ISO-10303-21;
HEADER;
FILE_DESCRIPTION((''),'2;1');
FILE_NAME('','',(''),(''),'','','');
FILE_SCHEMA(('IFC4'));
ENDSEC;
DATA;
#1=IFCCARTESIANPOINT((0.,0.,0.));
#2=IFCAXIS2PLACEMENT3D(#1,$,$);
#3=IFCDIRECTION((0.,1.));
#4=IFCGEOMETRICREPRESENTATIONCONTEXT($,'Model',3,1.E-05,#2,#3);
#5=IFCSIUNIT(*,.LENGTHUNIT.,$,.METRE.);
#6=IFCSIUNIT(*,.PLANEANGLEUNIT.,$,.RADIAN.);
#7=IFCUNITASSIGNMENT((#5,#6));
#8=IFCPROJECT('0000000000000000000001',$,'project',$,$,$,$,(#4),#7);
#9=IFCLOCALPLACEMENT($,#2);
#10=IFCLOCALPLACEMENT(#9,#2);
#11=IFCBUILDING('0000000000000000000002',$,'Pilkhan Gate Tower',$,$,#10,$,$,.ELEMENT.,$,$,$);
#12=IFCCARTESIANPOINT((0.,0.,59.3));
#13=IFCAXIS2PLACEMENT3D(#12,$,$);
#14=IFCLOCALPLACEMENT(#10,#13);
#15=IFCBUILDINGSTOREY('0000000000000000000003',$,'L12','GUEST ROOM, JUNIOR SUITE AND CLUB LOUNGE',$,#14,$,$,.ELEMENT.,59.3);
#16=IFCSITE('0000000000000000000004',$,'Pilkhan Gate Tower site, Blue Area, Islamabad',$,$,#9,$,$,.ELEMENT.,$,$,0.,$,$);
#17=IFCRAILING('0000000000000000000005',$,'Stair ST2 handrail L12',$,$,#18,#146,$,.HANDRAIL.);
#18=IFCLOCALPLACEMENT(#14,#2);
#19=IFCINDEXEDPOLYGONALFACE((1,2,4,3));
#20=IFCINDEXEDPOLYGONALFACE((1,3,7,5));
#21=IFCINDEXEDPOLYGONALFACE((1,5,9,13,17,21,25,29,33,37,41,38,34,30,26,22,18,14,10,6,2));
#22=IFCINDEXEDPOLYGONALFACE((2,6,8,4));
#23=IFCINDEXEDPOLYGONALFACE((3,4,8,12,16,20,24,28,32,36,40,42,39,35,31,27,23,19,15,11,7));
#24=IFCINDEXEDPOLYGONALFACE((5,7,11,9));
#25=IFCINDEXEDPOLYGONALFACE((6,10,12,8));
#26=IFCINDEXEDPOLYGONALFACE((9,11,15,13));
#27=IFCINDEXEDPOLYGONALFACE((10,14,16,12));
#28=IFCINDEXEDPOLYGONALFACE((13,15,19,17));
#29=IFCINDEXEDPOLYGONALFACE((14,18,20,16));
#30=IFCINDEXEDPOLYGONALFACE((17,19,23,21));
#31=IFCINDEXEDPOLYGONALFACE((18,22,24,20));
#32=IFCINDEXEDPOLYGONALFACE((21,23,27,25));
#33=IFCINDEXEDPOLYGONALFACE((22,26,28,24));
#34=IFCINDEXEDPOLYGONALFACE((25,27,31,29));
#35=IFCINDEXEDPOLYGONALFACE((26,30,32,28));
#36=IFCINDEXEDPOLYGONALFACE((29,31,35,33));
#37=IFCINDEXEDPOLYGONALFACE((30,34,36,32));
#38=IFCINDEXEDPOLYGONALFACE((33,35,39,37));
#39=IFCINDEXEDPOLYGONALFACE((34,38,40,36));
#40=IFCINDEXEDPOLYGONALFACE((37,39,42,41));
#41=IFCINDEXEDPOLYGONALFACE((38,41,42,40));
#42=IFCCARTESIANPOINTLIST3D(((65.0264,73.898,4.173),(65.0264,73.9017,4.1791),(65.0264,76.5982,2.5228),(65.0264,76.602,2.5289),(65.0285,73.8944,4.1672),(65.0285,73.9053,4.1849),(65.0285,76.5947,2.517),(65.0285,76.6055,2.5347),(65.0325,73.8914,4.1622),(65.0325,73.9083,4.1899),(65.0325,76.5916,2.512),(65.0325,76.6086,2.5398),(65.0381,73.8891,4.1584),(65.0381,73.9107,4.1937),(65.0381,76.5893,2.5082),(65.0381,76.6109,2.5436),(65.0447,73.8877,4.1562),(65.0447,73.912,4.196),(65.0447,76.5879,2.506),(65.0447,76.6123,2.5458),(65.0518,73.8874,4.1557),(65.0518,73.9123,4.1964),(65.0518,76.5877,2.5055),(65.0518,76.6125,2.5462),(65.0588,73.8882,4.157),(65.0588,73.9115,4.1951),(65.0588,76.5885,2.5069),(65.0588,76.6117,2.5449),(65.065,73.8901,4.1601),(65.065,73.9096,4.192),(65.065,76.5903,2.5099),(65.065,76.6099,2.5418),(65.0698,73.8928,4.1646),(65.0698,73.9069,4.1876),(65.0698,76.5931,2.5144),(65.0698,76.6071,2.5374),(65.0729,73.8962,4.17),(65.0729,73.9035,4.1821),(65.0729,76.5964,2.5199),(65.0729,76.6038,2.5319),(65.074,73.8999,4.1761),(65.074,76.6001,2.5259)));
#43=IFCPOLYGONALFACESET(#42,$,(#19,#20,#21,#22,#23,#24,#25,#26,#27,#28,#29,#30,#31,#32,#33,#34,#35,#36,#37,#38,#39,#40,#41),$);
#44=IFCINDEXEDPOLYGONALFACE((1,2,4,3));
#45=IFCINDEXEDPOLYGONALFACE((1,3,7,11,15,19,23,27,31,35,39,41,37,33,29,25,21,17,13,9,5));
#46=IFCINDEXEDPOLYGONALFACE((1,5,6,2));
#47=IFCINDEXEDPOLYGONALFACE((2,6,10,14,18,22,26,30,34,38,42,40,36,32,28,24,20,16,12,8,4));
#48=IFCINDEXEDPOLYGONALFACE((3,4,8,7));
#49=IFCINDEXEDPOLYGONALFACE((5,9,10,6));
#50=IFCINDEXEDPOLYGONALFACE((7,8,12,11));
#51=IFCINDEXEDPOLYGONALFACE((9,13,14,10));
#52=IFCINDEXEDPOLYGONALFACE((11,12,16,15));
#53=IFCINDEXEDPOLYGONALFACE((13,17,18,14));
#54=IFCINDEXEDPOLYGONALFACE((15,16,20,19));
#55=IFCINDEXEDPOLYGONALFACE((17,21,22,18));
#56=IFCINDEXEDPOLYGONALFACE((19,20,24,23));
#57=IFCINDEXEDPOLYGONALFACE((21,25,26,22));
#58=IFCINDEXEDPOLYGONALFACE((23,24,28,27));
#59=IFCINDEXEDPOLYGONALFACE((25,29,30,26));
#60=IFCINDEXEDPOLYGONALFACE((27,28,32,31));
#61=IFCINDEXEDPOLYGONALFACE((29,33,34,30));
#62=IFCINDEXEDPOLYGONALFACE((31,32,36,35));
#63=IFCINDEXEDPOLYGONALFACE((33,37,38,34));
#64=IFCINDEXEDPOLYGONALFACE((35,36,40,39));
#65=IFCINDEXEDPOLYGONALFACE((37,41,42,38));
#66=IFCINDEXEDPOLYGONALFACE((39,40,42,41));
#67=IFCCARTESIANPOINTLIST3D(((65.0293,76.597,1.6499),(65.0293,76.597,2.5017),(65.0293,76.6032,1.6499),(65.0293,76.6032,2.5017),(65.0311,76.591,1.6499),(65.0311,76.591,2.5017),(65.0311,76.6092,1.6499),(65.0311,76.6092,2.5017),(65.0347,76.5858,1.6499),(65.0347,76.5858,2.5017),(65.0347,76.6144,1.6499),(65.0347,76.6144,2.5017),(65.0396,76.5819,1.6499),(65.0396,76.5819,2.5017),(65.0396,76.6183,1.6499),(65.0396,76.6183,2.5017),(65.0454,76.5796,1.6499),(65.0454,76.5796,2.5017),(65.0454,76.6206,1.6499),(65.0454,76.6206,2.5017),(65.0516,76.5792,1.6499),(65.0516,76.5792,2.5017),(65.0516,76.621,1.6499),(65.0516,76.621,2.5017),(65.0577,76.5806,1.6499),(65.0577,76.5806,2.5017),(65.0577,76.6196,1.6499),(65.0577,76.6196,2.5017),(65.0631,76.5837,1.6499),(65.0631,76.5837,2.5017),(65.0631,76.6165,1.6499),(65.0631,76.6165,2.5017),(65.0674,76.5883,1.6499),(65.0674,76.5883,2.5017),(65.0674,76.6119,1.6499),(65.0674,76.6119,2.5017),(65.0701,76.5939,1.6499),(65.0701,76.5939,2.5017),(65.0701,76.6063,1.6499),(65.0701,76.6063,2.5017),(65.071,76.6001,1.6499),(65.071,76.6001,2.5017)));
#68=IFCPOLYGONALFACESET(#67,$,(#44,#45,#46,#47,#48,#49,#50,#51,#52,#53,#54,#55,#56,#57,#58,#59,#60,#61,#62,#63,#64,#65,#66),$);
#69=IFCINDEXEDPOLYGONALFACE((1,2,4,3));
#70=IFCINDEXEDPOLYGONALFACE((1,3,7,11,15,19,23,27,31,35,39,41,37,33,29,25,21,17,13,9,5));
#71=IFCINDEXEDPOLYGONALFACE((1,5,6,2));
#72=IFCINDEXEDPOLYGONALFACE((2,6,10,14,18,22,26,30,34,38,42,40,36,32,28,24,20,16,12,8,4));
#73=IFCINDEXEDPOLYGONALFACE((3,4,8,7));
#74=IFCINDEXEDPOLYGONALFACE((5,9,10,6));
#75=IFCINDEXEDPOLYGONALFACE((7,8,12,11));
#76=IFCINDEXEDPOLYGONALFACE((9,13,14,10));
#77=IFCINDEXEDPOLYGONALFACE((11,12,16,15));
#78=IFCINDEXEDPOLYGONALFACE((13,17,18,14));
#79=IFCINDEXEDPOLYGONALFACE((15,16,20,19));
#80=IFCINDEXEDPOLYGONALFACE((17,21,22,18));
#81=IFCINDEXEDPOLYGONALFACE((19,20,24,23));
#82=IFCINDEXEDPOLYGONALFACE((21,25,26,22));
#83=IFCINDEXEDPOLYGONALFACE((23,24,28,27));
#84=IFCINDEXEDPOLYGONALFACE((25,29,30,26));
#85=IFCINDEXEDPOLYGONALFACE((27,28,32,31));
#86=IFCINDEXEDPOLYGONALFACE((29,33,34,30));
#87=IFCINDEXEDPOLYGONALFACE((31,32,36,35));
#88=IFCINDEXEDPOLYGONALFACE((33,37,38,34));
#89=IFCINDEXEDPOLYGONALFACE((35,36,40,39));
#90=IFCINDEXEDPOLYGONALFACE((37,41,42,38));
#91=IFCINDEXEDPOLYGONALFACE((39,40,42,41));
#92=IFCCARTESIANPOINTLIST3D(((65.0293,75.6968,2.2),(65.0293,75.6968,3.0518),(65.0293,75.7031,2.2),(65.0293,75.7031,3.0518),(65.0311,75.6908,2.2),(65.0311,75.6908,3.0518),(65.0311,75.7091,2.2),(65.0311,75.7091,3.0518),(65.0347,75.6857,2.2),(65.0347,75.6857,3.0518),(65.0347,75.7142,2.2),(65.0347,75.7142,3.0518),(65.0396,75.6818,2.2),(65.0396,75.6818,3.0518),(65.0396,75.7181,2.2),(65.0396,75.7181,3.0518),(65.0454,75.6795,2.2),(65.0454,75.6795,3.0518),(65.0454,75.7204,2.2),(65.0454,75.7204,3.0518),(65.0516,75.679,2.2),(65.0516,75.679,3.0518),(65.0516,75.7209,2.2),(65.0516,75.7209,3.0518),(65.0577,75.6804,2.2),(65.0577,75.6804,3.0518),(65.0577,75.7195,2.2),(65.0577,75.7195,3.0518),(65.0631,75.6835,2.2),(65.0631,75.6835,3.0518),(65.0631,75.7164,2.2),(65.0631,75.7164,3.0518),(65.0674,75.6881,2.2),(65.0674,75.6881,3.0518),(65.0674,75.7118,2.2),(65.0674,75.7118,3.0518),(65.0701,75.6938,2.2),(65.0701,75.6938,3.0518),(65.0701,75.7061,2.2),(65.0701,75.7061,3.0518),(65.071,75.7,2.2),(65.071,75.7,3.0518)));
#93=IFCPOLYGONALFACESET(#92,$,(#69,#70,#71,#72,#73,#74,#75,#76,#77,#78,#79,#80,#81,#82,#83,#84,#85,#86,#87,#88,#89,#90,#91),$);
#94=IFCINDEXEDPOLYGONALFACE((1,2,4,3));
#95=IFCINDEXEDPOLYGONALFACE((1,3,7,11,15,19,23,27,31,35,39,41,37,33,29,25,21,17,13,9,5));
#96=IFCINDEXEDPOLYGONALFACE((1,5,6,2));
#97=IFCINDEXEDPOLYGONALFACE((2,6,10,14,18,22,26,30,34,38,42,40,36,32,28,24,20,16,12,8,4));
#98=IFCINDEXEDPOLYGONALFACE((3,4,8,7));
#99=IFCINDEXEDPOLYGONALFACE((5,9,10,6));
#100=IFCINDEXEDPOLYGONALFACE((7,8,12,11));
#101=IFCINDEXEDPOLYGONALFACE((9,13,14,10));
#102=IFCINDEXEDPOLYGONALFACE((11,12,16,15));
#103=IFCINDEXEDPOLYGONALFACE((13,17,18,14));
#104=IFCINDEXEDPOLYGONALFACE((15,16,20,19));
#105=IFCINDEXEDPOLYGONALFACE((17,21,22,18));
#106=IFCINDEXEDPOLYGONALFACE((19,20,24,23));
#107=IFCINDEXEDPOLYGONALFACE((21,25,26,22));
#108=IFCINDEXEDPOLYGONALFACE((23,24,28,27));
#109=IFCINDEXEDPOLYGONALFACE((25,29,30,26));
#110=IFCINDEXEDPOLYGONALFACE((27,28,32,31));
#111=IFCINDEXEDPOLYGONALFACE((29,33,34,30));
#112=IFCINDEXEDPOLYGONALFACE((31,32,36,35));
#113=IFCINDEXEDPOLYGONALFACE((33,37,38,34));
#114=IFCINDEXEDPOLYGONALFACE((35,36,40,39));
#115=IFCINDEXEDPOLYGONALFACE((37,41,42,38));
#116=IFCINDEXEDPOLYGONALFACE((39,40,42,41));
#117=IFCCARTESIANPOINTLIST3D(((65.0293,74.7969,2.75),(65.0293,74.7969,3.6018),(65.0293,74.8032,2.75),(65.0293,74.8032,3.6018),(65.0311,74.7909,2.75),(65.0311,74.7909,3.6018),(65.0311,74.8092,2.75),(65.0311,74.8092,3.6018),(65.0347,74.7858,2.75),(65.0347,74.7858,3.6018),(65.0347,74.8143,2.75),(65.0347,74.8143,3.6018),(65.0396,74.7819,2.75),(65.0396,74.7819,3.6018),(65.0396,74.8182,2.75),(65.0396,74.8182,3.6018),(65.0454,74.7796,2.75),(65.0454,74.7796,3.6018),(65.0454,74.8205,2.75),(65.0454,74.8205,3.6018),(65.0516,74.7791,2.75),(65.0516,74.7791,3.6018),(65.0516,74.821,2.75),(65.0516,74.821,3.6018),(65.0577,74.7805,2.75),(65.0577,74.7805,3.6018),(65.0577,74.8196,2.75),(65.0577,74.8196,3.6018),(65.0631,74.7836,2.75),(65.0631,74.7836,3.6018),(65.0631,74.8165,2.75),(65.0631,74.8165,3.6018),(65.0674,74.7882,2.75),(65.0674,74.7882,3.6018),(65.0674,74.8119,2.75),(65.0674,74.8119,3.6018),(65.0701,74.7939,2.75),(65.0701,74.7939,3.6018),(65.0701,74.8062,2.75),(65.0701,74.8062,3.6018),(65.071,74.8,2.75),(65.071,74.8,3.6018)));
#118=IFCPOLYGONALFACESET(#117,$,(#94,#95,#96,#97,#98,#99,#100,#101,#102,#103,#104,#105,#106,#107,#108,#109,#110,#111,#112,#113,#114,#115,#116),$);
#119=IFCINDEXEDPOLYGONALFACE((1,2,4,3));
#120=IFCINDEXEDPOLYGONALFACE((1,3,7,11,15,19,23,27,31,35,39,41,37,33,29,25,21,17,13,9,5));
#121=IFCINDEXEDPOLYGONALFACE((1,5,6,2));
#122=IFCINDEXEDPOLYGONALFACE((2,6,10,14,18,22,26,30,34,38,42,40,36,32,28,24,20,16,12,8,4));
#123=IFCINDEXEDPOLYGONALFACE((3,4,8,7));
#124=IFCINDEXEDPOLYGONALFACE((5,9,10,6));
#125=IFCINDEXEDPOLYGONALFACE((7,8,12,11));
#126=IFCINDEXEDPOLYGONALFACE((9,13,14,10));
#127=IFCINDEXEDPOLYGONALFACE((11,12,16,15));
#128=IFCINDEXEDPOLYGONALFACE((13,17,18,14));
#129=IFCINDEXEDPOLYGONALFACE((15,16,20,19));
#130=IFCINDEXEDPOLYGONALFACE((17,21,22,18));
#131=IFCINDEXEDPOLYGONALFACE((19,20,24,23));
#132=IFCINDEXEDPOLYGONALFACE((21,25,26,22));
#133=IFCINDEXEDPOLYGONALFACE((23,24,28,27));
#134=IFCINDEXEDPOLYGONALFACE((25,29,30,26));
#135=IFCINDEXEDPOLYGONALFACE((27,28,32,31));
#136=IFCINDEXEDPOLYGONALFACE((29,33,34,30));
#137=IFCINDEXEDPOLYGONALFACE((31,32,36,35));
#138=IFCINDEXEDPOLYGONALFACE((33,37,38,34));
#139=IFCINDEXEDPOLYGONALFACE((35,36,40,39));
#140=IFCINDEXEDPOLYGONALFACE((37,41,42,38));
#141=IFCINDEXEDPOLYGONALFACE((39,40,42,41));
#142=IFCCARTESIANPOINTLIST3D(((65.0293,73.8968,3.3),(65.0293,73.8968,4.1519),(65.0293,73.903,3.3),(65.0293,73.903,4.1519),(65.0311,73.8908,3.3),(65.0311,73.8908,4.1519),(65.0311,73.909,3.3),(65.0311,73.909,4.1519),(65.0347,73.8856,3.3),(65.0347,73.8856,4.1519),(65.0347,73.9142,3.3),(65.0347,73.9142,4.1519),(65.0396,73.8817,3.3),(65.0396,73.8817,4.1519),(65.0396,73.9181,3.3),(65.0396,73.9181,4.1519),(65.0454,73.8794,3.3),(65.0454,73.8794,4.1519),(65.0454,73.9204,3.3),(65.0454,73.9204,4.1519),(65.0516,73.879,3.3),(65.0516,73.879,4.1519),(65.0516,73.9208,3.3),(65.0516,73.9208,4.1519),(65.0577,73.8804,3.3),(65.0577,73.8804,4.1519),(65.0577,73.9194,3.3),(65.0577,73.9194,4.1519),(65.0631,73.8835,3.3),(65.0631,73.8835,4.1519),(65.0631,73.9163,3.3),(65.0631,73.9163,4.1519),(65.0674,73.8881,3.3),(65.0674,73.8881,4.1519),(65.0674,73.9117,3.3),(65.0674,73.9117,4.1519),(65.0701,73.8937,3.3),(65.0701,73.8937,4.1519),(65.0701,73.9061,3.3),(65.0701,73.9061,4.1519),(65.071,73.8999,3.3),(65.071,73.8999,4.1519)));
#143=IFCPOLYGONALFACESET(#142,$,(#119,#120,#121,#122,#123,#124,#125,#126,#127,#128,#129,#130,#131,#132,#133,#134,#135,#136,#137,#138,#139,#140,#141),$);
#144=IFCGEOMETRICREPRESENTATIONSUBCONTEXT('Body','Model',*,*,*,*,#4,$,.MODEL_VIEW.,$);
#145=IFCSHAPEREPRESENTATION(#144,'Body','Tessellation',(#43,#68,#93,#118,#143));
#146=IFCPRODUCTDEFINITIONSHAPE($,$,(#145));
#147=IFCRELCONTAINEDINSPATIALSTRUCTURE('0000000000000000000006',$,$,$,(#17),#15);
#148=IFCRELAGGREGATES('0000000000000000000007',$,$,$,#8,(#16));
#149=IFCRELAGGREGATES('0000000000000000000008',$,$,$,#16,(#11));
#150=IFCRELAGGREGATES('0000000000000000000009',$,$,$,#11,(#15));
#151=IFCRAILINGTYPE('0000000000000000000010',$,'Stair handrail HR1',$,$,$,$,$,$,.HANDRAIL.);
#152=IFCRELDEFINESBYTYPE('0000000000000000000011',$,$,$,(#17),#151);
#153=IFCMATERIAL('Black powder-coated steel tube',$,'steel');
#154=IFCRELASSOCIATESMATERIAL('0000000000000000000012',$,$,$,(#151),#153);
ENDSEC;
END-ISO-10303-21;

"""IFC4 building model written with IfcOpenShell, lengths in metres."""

from ifc_helpers import new_model, si_unit, direction, frame, origin, origin_2d, place, context, subcontext, project, spatial, circle, extrude, material, type_object, element, save


model = new_model("IFC4")

# Units and contexts
model_context = context("Model", 3, precision=1e-05, world=origin(), true_north=direction((0.0, 1.0)))
body_context = subcontext(model_context, "Body", "Model", "MODEL_VIEW")
ifc_project = project(units=[si_unit("LENGTHUNIT", "METRE"), si_unit("PLANEANGLEUNIT", "RADIAN")], contexts=[model_context])

# Site, building, storey
site_placement = place(None, origin())
site = spatial("IfcSite", under=ifc_project, at=site_placement, Name="Pilkhan Gate Tower site, Blue Area, Islamabad", CompositionType="ELEMENT", RefElevation=0.0)
building_placement = place(site_placement, origin())
building = spatial("IfcBuilding", under=site, at=building_placement, Name="Pilkhan Gate Tower", CompositionType="ELEMENT")
storey_placement = place(building_placement, frame((0.0, 0.0, 59.3)))
storey = spatial("IfcBuildingStorey", under=building, at=storey_placement, Name="L12", Description="GUEST ROOM, JUNIOR SUITE AND CLUB LOUNGE", CompositionType="ELEMENT", Elevation=59.3)

# Railing
ifc_material_1 = material(Name="Black powder-coated steel tube", Category="steel")
railing_type_1 = type_object("IfcRailingType", Name="Stair handrail HR1", PredefinedType="HANDRAIL", material=ifc_material_1)
railing_1_placement = place(storey_placement, frame((65.05, 76.6001, 1.6499)))
element("IfcRailing", 1, at=railing_1_placement, inside=storey, type_object=railing_type_1, Name="Stair ST2 handrail L12", PredefinedType="HANDRAIL", context=body_context, shape_type="SweptSolid", body=[
    extrude(circle(Radius=0.0239, at=origin_2d()), frame((0.0, 0.0, 0.876), z_axis=(0.0, -0.853278, 0.521456), x_axis=(1.0, 0.0, 0.0)), (0.0, 0.0, 1.0), 3.1646),
    extrude(circle(Radius=0.021, at=origin_2d()), origin(), (0.0, 0.0, 1.0), 0.8518),
    extrude(circle(Radius=0.021, at=origin_2d()), frame((0.0, -0.9001, 0.55)), (0.0, 0.0, 1.0), 0.8518),
    extrude(circle(Radius=0.021, at=origin_2d()), frame((0.0, -1.8, 1.1001)), (0.0, 0.0, 1.0), 0.8518),
    extrude(circle(Radius=0.021, at=origin_2d()), frame((0.0, -2.7002, 1.6501)), (0.0, 0.0, 1.0), 0.8518),
])

save(model, "model.ifc")
